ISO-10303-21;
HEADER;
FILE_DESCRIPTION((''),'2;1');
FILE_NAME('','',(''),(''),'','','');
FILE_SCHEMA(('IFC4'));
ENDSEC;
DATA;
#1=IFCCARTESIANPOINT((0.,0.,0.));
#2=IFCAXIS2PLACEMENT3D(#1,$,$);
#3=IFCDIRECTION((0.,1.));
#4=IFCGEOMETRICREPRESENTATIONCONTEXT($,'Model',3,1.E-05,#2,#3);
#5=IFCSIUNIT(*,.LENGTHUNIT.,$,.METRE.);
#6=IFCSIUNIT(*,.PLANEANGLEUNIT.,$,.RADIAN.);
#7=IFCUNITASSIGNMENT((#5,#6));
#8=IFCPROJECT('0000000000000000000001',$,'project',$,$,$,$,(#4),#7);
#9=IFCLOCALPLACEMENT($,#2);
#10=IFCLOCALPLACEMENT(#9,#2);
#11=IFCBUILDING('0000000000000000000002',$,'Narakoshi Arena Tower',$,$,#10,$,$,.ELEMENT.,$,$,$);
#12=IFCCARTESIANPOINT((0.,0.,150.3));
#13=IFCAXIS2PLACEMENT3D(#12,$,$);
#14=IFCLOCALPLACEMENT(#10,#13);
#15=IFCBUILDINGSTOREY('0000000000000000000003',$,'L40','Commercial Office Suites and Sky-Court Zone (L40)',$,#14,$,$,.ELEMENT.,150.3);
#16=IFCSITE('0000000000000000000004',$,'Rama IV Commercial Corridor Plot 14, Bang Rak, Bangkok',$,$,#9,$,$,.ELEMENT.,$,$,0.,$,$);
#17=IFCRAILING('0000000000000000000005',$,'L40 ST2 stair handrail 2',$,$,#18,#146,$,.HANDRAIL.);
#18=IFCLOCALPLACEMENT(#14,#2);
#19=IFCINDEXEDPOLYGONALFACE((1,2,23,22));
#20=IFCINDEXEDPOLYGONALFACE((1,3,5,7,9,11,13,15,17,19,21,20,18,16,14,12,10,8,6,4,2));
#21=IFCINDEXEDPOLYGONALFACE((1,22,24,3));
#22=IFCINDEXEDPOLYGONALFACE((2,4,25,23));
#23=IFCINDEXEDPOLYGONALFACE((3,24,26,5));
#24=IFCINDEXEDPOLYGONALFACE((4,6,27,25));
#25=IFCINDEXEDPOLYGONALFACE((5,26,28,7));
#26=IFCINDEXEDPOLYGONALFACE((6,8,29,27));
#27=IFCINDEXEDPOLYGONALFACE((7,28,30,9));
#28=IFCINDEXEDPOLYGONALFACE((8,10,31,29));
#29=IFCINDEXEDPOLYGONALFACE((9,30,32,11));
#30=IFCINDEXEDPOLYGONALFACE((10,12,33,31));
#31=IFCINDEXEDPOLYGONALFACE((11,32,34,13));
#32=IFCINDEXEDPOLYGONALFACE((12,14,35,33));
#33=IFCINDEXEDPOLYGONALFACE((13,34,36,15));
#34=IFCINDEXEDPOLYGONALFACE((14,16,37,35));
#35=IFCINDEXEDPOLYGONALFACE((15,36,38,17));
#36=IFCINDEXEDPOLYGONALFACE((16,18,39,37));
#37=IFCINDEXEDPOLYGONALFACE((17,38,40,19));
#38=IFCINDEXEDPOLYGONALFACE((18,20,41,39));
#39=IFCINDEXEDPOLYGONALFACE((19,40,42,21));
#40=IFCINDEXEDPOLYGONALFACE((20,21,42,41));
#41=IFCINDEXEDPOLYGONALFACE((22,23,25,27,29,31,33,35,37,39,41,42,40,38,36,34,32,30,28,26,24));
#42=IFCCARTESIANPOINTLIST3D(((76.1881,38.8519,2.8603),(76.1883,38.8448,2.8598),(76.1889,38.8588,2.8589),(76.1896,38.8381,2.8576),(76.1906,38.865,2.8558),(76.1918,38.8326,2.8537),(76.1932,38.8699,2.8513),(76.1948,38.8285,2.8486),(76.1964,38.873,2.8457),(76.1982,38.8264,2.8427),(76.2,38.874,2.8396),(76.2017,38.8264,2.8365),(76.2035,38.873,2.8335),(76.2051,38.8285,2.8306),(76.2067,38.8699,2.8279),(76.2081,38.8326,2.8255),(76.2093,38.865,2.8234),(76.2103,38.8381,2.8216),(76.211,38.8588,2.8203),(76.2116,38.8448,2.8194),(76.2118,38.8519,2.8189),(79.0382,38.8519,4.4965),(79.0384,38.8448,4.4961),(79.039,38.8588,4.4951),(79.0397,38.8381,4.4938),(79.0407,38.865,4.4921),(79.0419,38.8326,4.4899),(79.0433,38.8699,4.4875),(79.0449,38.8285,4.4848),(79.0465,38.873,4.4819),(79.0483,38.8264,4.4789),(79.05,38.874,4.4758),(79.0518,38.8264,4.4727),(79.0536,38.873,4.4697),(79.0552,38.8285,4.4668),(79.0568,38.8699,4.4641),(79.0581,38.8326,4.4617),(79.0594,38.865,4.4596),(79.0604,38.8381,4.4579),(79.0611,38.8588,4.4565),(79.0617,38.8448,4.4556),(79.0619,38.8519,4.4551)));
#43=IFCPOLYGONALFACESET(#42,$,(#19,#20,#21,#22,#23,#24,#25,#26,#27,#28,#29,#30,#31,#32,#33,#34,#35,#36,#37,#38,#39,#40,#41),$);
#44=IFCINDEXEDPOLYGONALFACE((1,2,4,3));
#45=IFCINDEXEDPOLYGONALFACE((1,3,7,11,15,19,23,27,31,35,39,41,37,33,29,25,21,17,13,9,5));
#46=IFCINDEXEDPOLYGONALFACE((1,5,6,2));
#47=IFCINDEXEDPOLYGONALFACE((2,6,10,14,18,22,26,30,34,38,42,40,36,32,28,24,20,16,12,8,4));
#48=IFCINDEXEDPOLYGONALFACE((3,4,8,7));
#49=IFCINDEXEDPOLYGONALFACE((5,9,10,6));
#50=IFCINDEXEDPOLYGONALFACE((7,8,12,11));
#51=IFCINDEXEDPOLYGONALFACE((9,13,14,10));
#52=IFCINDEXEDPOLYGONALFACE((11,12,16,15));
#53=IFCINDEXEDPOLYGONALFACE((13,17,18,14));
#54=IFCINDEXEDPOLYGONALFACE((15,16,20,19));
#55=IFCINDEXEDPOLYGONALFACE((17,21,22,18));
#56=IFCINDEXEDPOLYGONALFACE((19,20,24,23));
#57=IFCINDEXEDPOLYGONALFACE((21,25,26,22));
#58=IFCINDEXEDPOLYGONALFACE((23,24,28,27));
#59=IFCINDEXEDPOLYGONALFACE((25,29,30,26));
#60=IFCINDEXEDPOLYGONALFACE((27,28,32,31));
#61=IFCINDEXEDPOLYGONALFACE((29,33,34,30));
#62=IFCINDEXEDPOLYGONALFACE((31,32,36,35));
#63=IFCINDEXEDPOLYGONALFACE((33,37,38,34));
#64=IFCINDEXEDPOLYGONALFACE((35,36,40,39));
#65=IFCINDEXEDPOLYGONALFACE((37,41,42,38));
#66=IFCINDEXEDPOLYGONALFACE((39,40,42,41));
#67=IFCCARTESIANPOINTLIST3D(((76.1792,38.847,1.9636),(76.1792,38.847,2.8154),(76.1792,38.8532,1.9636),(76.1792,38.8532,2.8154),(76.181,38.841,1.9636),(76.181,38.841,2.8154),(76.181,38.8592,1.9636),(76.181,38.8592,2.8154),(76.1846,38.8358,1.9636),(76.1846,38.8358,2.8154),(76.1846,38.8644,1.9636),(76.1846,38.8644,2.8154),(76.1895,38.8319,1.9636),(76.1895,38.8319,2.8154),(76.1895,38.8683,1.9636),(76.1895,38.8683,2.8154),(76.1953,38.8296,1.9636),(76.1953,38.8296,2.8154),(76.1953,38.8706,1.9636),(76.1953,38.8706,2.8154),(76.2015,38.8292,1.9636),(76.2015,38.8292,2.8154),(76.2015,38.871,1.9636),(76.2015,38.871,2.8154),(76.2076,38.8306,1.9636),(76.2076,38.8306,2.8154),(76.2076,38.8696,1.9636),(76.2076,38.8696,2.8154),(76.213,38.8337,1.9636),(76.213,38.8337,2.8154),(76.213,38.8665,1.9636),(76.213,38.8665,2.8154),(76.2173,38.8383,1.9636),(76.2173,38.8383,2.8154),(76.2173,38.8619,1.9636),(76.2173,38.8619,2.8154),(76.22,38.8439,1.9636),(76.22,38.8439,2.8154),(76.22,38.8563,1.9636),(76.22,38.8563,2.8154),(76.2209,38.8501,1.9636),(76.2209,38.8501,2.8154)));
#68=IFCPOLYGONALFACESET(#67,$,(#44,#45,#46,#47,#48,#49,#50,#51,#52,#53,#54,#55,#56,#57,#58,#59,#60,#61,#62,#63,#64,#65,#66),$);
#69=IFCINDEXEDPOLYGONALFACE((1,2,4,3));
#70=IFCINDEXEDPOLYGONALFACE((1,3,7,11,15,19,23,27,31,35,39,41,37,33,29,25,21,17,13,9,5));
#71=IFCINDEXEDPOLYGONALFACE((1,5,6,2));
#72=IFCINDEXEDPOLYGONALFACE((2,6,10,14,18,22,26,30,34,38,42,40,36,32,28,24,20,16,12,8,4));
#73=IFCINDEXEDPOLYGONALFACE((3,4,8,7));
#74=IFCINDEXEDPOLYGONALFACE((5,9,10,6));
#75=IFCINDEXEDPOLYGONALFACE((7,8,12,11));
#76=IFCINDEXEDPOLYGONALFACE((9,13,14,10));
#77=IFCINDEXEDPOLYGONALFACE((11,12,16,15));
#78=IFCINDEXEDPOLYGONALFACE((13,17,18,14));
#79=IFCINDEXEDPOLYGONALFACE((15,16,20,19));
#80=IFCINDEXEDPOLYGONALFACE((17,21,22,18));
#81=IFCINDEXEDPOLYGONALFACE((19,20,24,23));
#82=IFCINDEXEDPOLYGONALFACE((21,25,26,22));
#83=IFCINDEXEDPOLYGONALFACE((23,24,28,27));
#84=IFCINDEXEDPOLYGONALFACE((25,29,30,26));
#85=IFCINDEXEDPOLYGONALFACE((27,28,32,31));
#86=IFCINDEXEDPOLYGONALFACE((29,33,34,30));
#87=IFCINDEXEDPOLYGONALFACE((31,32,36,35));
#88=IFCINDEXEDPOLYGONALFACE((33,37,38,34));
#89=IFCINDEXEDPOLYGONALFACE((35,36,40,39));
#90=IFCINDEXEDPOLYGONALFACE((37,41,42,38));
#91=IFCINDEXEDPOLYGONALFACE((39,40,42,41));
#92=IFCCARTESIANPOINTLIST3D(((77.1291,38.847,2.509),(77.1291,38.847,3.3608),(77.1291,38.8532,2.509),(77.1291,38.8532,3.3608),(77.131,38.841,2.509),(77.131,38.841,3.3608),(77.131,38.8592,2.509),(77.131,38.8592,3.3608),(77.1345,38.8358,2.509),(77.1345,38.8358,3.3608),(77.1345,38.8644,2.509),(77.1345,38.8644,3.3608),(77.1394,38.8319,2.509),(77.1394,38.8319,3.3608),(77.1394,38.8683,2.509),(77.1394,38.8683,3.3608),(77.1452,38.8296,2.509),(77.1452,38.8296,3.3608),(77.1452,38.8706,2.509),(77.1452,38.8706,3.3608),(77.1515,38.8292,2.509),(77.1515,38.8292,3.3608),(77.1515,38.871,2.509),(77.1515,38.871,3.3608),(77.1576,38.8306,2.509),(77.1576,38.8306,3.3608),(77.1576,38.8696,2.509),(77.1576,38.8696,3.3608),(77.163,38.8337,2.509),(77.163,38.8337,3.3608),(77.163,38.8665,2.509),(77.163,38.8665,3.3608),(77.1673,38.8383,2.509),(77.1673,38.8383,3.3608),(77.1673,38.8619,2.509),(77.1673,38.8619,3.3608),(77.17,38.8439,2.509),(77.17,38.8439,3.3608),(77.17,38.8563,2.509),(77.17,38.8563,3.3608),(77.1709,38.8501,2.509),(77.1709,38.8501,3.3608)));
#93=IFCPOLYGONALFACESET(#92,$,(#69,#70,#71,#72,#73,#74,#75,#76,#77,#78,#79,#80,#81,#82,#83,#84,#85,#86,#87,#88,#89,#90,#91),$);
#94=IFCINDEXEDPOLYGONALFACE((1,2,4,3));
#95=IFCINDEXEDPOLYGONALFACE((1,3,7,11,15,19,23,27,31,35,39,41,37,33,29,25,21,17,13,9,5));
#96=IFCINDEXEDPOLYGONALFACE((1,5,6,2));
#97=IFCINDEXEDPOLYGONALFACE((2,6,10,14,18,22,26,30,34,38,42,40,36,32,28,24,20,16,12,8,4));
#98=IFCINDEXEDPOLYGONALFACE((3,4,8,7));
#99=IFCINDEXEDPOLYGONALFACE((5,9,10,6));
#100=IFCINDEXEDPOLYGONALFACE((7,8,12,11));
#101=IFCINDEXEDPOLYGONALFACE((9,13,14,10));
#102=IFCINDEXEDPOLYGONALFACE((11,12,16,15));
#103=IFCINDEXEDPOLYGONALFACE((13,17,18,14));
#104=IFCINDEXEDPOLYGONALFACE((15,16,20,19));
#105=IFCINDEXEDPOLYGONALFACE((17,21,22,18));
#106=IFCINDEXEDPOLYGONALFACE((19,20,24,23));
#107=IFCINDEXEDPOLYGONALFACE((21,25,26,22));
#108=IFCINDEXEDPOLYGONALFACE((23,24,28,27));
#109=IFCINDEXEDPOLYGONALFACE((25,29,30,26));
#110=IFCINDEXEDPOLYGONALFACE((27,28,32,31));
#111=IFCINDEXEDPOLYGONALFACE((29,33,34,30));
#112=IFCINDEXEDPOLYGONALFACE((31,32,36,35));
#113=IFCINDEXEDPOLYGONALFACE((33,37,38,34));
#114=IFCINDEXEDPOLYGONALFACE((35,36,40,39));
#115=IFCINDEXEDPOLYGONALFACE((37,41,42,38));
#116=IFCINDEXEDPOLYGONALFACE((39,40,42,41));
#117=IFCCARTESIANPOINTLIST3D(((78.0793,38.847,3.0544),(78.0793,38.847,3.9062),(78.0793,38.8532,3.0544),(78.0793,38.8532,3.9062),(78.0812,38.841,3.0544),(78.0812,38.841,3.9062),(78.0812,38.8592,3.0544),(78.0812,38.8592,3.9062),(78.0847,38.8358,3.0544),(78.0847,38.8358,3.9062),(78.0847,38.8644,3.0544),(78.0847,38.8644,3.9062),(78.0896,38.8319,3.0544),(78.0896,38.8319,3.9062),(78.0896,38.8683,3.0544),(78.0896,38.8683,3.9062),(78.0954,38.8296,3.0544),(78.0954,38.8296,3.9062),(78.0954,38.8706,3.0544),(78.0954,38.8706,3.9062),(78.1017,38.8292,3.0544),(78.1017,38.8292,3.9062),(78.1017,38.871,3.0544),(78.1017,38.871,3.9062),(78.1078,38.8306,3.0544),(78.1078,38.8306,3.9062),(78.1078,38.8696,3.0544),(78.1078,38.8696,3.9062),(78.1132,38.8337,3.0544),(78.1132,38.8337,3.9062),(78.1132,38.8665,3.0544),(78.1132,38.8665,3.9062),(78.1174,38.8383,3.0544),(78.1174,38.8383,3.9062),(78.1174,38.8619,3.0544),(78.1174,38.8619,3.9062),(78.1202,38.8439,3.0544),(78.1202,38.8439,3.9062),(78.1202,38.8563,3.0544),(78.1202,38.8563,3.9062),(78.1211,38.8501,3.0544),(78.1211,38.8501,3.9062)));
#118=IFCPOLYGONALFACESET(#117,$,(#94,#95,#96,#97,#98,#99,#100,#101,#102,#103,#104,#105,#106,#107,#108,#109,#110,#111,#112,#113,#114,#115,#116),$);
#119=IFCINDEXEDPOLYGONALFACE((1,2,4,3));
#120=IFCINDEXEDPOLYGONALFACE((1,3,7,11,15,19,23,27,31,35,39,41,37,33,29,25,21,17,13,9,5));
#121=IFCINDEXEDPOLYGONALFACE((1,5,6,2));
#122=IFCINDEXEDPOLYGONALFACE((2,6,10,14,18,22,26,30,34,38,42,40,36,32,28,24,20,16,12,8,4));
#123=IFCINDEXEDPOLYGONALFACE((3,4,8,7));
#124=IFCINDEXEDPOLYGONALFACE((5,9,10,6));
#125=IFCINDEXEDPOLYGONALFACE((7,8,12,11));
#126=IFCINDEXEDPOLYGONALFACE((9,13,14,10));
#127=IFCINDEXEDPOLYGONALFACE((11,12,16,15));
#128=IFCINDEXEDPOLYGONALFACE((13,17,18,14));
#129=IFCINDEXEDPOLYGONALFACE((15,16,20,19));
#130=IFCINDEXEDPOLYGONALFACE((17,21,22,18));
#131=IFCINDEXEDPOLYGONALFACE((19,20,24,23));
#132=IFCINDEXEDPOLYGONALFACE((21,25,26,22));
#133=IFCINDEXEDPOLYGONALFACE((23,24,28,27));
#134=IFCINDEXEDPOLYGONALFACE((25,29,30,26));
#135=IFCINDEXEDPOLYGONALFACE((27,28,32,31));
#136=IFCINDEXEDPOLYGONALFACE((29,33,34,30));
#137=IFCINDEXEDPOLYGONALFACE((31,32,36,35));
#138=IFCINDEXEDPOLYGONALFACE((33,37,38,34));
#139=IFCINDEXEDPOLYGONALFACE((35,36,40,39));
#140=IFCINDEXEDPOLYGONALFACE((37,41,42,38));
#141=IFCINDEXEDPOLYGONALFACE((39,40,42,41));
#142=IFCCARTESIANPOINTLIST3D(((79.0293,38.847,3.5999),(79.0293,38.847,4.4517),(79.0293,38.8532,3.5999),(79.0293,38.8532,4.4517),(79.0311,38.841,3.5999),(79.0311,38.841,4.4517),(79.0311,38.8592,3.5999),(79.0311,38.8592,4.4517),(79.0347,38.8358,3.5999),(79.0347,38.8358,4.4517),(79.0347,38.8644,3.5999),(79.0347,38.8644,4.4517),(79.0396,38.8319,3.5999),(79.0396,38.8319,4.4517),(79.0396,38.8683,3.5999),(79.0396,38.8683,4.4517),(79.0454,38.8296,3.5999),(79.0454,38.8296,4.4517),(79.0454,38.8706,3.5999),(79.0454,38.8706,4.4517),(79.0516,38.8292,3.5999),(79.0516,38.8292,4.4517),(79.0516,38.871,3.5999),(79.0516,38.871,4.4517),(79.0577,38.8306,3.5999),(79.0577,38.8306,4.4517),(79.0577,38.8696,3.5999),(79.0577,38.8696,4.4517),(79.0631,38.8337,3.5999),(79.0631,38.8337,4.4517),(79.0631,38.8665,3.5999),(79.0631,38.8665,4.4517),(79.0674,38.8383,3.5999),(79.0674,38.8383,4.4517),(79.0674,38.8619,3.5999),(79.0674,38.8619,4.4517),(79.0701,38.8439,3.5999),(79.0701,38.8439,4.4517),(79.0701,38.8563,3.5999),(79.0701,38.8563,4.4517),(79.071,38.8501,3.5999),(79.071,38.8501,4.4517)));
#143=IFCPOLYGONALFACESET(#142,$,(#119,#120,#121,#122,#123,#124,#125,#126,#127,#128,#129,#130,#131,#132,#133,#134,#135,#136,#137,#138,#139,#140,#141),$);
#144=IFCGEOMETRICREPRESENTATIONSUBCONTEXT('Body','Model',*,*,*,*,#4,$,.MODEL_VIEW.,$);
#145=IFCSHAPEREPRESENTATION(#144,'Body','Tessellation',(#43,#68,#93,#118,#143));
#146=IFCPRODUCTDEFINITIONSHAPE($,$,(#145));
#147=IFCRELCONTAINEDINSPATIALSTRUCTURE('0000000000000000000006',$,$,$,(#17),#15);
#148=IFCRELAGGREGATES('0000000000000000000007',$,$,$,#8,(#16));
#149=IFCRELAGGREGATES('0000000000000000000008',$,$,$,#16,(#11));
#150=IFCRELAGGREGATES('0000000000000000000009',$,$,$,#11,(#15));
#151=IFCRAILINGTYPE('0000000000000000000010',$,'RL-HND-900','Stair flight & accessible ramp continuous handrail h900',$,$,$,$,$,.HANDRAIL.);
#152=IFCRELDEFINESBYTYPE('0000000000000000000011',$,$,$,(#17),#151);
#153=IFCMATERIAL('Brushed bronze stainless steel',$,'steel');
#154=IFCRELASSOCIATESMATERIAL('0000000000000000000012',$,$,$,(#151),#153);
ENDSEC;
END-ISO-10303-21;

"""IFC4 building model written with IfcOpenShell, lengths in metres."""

from ifc_helpers import new_model, si_unit, direction, frame, origin, origin_2d, place, context, subcontext, project, spatial, circle, extrude, material, type_object, element, save


model = new_model("IFC4")

# Units and contexts
model_context = context("Model", 3, precision=1e-05, world=origin(), true_north=direction((0.0, 1.0)))
body_context = subcontext(model_context, "Body", "Model", "MODEL_VIEW")
ifc_project = project(units=[si_unit("LENGTHUNIT", "METRE"), si_unit("PLANEANGLEUNIT", "RADIAN")], contexts=[model_context])

# Site, building, storey
site_placement = place(None, origin())
site = spatial("IfcSite", under=ifc_project, at=site_placement, Name="Rama IV Commercial Corridor Plot 14, Bang Rak, Bangkok", CompositionType="ELEMENT", RefElevation=0.0)
building_placement = place(site_placement, origin())
building = spatial("IfcBuilding", under=site, at=building_placement, Name="Narakoshi Arena Tower", CompositionType="ELEMENT")
storey_placement = place(building_placement, frame((0.0, 0.0, 150.3)))
storey = spatial("IfcBuildingStorey", under=building, at=storey_placement, Name="L40", Description="Commercial Office Suites and Sky-Court Zone (L40)", CompositionType="ELEMENT", Elevation=150.3)

# Railing
ifc_material_1 = material(Name="Brushed bronze stainless steel", Category="steel")
railing_type_1 = type_object("IfcRailingType", Name="RL-HND-900", Description="Stair flight & accessible ramp continuous handrail h900", PredefinedType="HANDRAIL", material=ifc_material_1)
railing_1_placement = place(storey_placement, frame((76.2, 38.8501, 1.9636)))
element("IfcRailing", 1, at=railing_1_placement, inside=storey, type_object=railing_type_1, Name="L40 ST2 stair handrail 2", PredefinedType="HANDRAIL", context=body_context, shape_type="SweptSolid", body=[
    extrude(circle(Radius=0.0239, at=origin_2d()), frame((0.0, 0.0, 0.876), z_axis=(0.867245, 0.0, 0.497882), x_axis=(0.0, 1.0, 0.0)), (0.0, 0.0, 1.0), 3.2864),
    extrude(circle(Radius=0.021, at=origin_2d()), origin(), (0.0, 0.0, 1.0), 0.8518),
    extrude(circle(Radius=0.021, at=origin_2d()), frame((0.95, 0.0, 0.5454)), (0.0, 0.0, 1.0), 0.8518),
    extrude(circle(Radius=0.021, at=origin_2d()), frame((1.9001, 0.0, 1.0908)), (0.0, 0.0, 1.0), 0.8518),
    extrude(circle(Radius=0.021, at=origin_2d()), frame((2.8501, 0.0, 1.6362)), (0.0, 0.0, 1.0), 0.8518),
])

save(model, "model.ifc")
